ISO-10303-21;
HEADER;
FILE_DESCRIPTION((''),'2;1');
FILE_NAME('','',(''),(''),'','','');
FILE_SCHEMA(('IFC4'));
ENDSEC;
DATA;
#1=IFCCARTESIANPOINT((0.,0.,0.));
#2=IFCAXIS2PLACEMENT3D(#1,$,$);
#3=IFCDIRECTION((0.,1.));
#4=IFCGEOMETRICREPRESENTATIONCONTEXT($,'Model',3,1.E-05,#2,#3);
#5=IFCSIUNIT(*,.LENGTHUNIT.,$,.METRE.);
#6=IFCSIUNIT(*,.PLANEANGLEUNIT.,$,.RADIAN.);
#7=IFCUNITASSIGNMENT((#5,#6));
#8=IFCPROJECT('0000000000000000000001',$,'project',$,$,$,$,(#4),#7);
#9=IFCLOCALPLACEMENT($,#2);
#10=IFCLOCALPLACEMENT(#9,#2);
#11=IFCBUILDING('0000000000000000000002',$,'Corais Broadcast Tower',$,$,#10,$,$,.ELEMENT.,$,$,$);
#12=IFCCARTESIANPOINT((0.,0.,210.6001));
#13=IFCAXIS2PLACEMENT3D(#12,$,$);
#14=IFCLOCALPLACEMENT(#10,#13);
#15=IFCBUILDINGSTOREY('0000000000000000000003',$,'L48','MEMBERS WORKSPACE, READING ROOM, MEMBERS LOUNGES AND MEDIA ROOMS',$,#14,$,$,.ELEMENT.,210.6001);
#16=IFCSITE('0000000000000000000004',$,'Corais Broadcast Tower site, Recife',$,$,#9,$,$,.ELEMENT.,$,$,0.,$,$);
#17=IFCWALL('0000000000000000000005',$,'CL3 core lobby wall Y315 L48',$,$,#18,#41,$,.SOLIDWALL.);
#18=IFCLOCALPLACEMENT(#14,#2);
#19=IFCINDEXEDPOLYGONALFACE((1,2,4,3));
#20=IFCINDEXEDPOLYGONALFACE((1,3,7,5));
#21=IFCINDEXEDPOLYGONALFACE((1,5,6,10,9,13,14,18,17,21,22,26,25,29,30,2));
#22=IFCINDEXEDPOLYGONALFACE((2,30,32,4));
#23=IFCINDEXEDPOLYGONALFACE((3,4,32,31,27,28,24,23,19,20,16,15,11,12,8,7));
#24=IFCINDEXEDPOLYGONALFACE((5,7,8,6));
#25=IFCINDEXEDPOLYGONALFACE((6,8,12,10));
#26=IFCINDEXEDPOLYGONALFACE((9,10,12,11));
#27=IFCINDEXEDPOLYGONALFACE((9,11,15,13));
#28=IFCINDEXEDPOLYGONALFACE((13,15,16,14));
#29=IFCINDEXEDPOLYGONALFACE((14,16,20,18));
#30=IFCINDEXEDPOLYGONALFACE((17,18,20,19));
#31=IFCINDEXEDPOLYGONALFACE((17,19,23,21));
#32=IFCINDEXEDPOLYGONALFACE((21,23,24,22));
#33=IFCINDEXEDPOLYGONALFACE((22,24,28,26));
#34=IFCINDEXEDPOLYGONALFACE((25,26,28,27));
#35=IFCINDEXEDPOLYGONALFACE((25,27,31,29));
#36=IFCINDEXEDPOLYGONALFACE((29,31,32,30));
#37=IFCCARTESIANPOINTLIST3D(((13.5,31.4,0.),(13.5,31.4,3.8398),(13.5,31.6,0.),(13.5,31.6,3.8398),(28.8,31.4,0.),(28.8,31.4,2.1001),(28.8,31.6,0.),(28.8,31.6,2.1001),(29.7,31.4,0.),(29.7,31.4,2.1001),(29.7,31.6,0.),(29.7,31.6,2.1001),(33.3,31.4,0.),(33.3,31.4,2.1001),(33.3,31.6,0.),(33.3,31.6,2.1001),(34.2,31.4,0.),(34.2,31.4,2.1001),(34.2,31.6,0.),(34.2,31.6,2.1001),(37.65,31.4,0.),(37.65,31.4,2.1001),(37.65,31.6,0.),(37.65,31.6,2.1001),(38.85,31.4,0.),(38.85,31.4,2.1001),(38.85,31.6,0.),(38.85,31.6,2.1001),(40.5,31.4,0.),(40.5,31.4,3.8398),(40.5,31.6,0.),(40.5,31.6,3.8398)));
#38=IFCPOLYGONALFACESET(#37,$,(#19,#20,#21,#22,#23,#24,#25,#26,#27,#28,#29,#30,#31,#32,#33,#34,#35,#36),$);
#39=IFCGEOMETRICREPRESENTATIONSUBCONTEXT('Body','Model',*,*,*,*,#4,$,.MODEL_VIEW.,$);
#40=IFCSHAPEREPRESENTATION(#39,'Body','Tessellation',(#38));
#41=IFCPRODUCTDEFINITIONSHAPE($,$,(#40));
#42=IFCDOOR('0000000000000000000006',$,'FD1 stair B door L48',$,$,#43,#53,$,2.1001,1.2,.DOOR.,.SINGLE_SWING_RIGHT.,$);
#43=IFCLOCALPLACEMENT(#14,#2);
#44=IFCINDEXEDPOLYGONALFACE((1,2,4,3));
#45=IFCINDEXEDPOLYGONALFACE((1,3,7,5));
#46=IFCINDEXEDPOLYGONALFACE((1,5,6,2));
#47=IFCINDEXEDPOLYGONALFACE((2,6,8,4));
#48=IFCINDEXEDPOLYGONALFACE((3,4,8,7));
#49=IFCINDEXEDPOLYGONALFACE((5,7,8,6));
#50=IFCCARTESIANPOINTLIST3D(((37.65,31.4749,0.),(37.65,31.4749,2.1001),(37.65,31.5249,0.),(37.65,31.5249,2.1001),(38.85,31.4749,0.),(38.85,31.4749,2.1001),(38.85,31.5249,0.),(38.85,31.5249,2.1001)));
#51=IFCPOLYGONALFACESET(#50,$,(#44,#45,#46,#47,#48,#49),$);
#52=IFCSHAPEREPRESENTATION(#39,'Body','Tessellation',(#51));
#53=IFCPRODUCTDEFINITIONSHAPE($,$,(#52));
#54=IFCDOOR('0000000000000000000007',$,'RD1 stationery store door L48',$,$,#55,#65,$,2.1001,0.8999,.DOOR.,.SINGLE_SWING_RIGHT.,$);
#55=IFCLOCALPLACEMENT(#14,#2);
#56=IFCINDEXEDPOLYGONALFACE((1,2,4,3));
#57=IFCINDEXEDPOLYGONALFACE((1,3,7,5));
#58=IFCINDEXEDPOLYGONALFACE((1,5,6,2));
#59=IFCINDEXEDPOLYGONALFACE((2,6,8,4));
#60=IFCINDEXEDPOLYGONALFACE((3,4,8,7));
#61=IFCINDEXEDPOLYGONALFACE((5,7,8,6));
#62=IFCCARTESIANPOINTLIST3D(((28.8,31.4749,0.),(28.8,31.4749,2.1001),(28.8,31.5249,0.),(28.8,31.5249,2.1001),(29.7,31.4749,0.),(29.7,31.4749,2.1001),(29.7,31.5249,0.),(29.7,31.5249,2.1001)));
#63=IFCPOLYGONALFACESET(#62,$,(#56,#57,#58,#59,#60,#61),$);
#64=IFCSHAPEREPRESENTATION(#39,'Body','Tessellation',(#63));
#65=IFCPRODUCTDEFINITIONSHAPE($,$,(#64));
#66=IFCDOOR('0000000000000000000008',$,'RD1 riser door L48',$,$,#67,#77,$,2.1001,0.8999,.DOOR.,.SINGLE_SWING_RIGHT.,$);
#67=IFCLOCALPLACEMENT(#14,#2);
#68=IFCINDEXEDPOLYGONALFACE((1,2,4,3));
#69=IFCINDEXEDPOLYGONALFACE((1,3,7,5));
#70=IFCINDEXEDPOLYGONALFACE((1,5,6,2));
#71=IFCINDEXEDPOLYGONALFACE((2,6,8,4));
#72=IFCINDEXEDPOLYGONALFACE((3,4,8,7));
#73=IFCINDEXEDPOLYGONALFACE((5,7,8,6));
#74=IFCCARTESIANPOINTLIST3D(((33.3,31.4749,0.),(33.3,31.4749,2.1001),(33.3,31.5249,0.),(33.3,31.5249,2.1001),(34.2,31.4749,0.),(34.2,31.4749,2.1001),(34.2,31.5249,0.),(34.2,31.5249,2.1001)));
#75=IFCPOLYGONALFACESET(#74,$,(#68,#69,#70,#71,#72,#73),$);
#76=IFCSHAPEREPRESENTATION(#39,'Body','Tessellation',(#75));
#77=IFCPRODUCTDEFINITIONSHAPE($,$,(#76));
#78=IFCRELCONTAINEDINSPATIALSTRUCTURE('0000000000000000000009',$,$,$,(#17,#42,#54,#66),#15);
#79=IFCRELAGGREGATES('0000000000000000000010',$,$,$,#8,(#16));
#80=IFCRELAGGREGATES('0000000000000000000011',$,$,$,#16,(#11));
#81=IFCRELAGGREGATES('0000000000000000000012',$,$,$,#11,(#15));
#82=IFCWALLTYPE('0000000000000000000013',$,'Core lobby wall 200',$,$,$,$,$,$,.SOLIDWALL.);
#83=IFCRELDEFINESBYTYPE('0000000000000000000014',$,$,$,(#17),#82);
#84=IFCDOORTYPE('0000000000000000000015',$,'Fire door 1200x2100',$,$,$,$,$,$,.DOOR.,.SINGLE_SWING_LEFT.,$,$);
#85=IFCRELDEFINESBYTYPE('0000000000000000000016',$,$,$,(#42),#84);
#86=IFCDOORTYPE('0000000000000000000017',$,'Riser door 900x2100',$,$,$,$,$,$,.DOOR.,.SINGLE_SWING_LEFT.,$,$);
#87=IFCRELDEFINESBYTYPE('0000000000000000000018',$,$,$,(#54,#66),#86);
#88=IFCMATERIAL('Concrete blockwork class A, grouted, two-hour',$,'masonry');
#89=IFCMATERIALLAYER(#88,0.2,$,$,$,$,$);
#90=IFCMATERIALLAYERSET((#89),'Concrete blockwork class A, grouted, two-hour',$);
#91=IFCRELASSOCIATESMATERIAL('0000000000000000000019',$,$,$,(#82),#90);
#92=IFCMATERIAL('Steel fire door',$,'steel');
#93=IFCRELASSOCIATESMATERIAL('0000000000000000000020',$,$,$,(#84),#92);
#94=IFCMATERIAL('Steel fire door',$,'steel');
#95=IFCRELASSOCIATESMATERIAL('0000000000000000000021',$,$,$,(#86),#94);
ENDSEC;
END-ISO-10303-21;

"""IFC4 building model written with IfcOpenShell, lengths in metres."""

from ifc_helpers import new_model, si_unit, direction, frame, frame_2d, origin, place, context, subcontext, project, spatial, rectangle, extrude, material, layer, layer_set, type_object, element, fill, save


model = new_model("IFC4")

# Units and contexts
model_context = context("Model", 3, precision=1e-05, world=origin(), true_north=direction((0.0, 1.0)))
body_context = subcontext(model_context, "Body", "Model", "MODEL_VIEW")
ifc_project = project(units=[si_unit("LENGTHUNIT", "METRE"), si_unit("PLANEANGLEUNIT", "RADIAN")], contexts=[model_context])

# Site, building, storey
site_placement = place(None, origin())
site = spatial("IfcSite", under=ifc_project, at=site_placement, Name="Corais Broadcast Tower site, Recife", CompositionType="ELEMENT", RefElevation=0.0)
building_placement = place(site_placement, origin())
building = spatial("IfcBuilding", under=site, at=building_placement, Name="Corais Broadcast Tower", CompositionType="ELEMENT")
storey_placement = place(building_placement, frame((0.0, 0.0, 210.6001)))
storey = spatial("IfcBuildingStorey", under=building, at=storey_placement, Name="L48", Description="MEMBERS WORKSPACE, READING ROOM, MEMBERS LOUNGES AND MEDIA ROOMS", CompositionType="ELEMENT", Elevation=210.6001)

# Wall, openings, doors
ifc_material_1 = material(Name="Concrete blockwork class A, grouted, two-hour", Category="masonry")
ifc_layer_1 = layer(ifc_material_1, 0.2)
ifc_layer_set_1 = layer_set([ifc_layer_1], Name="Concrete blockwork class A, grouted, two-hour")
wall_type_1 = type_object("IfcWallType", Name="Core lobby wall 200", PredefinedType="SOLIDWALL", material=ifc_layer_set_1)
wall_1_placement = place(storey_placement, frame((13.5, 31.5, 0.0), z_axis=(0.0, 0.0, 1.0), x_axis=(1.0, 0.0, 0.0)))
wall_1 = element("IfcWall", 1, at=wall_1_placement, inside=storey, type_object=wall_type_1, Name="CL3 core lobby wall Y315 L48", PredefinedType="SOLIDWALL", context=body_context, shape_type="SweptSolid", body=[
    extrude(rectangle(XDim=27.0, YDim=0.2, at=frame_2d((13.5, 0.0))), origin(), (0.0, 0.0, 1.0), 3.8398),
])
opening_1_placement = place(wall_1_placement, frame((24.1499, 0.0, 0.0)))
opening_1 = element("IfcOpeningElement", 2, at=opening_1_placement, cuts=wall_1, PredefinedType="OPENING", context=body_context, shape_type="SweptSolid", body=[
    extrude(rectangle(XDim=1.2, YDim=2.1001, at=frame_2d((0.6001, 1.05))), frame((0.0, 0.1099, 0.0), z_axis=(0.0, -1.0, 0.0), x_axis=(1.0, 0.0, 0.0)), (0.0, 0.0, 1.0), 0.22),
])
opening_2_placement = place(wall_1_placement, frame((15.3, 0.0, 0.0)))
opening_2 = element("IfcOpeningElement", 3, at=opening_2_placement, cuts=wall_1, PredefinedType="OPENING", context=body_context, shape_type="SweptSolid", body=[
    extrude(rectangle(XDim=0.8999, YDim=2.1001, at=frame_2d((0.45, 1.05))), frame((0.0, 0.1099, 0.0), z_axis=(0.0, -1.0, 0.0), x_axis=(1.0, 0.0, 0.0)), (0.0, 0.0, 1.0), 0.22),
])
opening_3_placement = place(wall_1_placement, frame((19.8, 0.0, 0.0)))
opening_3 = element("IfcOpeningElement", 4, at=opening_3_placement, cuts=wall_1, PredefinedType="OPENING", context=body_context, shape_type="SweptSolid", body=[
    extrude(rectangle(XDim=0.8999, YDim=2.1001, at=frame_2d((0.45, 1.05))), frame((0.0, 0.1099, 0.0), z_axis=(0.0, -1.0, 0.0), x_axis=(1.0, 0.0, 0.0)), (0.0, 0.0, 1.0), 0.22),
])
ifc_material_2 = material(Name="Steel fire door", Category="steel")
door_type_1 = type_object("IfcDoorType", Name="Fire door 1200x2100", OperationType="SINGLE_SWING_LEFT", PredefinedType="DOOR", material=ifc_material_2)
door_1_placement = place(opening_1_placement, origin())
door_1 = element("IfcDoor", 5, at=door_1_placement, inside=storey, type_object=door_type_1, Name="FD1 stair B door L48", OperationType="SINGLE_SWING_RIGHT", OverallHeight=2.1001, OverallWidth=1.2, PredefinedType="DOOR", context=body_context, shape_type="SweptSolid", body=[
    extrude(rectangle(XDim=1.2, YDim=2.1001, at=frame_2d((0.6001, 1.05))), frame((0.0, 0.0249, 0.0), z_axis=(0.0, -1.0, 0.0), x_axis=(1.0, 0.0, 0.0)), (0.0, 0.0, 1.0), 0.05),
])
fill(opening_1, door_1)
ifc_material_3 = material(Name="Steel fire door", Category="steel")
door_type_2 = type_object("IfcDoorType", Name="Riser door 900x2100", OperationType="SINGLE_SWING_LEFT", PredefinedType="DOOR", material=ifc_material_3)
door_2_placement = place(opening_2_placement, origin())
door_2 = element("IfcDoor", 6, at=door_2_placement, inside=storey, type_object=door_type_2, Name="RD1 stationery store door L48", OperationType="SINGLE_SWING_RIGHT", OverallHeight=2.1001, OverallWidth=0.8999, PredefinedType="DOOR", context=body_context, shape_type="SweptSolid", body=[
    extrude(rectangle(XDim=0.8999, YDim=2.1001, at=frame_2d((0.45, 1.05))), frame((0.0, 0.0249, 0.0), z_axis=(0.0, -1.0, 0.0), x_axis=(1.0, 0.0, 0.0)), (0.0, 0.0, 1.0), 0.05),
])
fill(opening_2, door_2)
door_3_placement = place(opening_3_placement, origin())
door_3 = element("IfcDoor", 7, at=door_3_placement, inside=storey, type_object=door_type_2, Name="RD1 riser door L48", OperationType="SINGLE_SWING_RIGHT", OverallHeight=2.1001, OverallWidth=0.8999, PredefinedType="DOOR", context=body_context, shape_type="SweptSolid", body=[
    extrude(rectangle(XDim=0.8999, YDim=2.1001, at=frame_2d((0.45, 1.05))), frame((0.0, 0.0249, 0.0), z_axis=(0.0, -1.0, 0.0), x_axis=(1.0, 0.0, 0.0)), (0.0, 0.0, 1.0), 0.05),
])
fill(opening_3, door_3)

save(model, "model.ifc")
